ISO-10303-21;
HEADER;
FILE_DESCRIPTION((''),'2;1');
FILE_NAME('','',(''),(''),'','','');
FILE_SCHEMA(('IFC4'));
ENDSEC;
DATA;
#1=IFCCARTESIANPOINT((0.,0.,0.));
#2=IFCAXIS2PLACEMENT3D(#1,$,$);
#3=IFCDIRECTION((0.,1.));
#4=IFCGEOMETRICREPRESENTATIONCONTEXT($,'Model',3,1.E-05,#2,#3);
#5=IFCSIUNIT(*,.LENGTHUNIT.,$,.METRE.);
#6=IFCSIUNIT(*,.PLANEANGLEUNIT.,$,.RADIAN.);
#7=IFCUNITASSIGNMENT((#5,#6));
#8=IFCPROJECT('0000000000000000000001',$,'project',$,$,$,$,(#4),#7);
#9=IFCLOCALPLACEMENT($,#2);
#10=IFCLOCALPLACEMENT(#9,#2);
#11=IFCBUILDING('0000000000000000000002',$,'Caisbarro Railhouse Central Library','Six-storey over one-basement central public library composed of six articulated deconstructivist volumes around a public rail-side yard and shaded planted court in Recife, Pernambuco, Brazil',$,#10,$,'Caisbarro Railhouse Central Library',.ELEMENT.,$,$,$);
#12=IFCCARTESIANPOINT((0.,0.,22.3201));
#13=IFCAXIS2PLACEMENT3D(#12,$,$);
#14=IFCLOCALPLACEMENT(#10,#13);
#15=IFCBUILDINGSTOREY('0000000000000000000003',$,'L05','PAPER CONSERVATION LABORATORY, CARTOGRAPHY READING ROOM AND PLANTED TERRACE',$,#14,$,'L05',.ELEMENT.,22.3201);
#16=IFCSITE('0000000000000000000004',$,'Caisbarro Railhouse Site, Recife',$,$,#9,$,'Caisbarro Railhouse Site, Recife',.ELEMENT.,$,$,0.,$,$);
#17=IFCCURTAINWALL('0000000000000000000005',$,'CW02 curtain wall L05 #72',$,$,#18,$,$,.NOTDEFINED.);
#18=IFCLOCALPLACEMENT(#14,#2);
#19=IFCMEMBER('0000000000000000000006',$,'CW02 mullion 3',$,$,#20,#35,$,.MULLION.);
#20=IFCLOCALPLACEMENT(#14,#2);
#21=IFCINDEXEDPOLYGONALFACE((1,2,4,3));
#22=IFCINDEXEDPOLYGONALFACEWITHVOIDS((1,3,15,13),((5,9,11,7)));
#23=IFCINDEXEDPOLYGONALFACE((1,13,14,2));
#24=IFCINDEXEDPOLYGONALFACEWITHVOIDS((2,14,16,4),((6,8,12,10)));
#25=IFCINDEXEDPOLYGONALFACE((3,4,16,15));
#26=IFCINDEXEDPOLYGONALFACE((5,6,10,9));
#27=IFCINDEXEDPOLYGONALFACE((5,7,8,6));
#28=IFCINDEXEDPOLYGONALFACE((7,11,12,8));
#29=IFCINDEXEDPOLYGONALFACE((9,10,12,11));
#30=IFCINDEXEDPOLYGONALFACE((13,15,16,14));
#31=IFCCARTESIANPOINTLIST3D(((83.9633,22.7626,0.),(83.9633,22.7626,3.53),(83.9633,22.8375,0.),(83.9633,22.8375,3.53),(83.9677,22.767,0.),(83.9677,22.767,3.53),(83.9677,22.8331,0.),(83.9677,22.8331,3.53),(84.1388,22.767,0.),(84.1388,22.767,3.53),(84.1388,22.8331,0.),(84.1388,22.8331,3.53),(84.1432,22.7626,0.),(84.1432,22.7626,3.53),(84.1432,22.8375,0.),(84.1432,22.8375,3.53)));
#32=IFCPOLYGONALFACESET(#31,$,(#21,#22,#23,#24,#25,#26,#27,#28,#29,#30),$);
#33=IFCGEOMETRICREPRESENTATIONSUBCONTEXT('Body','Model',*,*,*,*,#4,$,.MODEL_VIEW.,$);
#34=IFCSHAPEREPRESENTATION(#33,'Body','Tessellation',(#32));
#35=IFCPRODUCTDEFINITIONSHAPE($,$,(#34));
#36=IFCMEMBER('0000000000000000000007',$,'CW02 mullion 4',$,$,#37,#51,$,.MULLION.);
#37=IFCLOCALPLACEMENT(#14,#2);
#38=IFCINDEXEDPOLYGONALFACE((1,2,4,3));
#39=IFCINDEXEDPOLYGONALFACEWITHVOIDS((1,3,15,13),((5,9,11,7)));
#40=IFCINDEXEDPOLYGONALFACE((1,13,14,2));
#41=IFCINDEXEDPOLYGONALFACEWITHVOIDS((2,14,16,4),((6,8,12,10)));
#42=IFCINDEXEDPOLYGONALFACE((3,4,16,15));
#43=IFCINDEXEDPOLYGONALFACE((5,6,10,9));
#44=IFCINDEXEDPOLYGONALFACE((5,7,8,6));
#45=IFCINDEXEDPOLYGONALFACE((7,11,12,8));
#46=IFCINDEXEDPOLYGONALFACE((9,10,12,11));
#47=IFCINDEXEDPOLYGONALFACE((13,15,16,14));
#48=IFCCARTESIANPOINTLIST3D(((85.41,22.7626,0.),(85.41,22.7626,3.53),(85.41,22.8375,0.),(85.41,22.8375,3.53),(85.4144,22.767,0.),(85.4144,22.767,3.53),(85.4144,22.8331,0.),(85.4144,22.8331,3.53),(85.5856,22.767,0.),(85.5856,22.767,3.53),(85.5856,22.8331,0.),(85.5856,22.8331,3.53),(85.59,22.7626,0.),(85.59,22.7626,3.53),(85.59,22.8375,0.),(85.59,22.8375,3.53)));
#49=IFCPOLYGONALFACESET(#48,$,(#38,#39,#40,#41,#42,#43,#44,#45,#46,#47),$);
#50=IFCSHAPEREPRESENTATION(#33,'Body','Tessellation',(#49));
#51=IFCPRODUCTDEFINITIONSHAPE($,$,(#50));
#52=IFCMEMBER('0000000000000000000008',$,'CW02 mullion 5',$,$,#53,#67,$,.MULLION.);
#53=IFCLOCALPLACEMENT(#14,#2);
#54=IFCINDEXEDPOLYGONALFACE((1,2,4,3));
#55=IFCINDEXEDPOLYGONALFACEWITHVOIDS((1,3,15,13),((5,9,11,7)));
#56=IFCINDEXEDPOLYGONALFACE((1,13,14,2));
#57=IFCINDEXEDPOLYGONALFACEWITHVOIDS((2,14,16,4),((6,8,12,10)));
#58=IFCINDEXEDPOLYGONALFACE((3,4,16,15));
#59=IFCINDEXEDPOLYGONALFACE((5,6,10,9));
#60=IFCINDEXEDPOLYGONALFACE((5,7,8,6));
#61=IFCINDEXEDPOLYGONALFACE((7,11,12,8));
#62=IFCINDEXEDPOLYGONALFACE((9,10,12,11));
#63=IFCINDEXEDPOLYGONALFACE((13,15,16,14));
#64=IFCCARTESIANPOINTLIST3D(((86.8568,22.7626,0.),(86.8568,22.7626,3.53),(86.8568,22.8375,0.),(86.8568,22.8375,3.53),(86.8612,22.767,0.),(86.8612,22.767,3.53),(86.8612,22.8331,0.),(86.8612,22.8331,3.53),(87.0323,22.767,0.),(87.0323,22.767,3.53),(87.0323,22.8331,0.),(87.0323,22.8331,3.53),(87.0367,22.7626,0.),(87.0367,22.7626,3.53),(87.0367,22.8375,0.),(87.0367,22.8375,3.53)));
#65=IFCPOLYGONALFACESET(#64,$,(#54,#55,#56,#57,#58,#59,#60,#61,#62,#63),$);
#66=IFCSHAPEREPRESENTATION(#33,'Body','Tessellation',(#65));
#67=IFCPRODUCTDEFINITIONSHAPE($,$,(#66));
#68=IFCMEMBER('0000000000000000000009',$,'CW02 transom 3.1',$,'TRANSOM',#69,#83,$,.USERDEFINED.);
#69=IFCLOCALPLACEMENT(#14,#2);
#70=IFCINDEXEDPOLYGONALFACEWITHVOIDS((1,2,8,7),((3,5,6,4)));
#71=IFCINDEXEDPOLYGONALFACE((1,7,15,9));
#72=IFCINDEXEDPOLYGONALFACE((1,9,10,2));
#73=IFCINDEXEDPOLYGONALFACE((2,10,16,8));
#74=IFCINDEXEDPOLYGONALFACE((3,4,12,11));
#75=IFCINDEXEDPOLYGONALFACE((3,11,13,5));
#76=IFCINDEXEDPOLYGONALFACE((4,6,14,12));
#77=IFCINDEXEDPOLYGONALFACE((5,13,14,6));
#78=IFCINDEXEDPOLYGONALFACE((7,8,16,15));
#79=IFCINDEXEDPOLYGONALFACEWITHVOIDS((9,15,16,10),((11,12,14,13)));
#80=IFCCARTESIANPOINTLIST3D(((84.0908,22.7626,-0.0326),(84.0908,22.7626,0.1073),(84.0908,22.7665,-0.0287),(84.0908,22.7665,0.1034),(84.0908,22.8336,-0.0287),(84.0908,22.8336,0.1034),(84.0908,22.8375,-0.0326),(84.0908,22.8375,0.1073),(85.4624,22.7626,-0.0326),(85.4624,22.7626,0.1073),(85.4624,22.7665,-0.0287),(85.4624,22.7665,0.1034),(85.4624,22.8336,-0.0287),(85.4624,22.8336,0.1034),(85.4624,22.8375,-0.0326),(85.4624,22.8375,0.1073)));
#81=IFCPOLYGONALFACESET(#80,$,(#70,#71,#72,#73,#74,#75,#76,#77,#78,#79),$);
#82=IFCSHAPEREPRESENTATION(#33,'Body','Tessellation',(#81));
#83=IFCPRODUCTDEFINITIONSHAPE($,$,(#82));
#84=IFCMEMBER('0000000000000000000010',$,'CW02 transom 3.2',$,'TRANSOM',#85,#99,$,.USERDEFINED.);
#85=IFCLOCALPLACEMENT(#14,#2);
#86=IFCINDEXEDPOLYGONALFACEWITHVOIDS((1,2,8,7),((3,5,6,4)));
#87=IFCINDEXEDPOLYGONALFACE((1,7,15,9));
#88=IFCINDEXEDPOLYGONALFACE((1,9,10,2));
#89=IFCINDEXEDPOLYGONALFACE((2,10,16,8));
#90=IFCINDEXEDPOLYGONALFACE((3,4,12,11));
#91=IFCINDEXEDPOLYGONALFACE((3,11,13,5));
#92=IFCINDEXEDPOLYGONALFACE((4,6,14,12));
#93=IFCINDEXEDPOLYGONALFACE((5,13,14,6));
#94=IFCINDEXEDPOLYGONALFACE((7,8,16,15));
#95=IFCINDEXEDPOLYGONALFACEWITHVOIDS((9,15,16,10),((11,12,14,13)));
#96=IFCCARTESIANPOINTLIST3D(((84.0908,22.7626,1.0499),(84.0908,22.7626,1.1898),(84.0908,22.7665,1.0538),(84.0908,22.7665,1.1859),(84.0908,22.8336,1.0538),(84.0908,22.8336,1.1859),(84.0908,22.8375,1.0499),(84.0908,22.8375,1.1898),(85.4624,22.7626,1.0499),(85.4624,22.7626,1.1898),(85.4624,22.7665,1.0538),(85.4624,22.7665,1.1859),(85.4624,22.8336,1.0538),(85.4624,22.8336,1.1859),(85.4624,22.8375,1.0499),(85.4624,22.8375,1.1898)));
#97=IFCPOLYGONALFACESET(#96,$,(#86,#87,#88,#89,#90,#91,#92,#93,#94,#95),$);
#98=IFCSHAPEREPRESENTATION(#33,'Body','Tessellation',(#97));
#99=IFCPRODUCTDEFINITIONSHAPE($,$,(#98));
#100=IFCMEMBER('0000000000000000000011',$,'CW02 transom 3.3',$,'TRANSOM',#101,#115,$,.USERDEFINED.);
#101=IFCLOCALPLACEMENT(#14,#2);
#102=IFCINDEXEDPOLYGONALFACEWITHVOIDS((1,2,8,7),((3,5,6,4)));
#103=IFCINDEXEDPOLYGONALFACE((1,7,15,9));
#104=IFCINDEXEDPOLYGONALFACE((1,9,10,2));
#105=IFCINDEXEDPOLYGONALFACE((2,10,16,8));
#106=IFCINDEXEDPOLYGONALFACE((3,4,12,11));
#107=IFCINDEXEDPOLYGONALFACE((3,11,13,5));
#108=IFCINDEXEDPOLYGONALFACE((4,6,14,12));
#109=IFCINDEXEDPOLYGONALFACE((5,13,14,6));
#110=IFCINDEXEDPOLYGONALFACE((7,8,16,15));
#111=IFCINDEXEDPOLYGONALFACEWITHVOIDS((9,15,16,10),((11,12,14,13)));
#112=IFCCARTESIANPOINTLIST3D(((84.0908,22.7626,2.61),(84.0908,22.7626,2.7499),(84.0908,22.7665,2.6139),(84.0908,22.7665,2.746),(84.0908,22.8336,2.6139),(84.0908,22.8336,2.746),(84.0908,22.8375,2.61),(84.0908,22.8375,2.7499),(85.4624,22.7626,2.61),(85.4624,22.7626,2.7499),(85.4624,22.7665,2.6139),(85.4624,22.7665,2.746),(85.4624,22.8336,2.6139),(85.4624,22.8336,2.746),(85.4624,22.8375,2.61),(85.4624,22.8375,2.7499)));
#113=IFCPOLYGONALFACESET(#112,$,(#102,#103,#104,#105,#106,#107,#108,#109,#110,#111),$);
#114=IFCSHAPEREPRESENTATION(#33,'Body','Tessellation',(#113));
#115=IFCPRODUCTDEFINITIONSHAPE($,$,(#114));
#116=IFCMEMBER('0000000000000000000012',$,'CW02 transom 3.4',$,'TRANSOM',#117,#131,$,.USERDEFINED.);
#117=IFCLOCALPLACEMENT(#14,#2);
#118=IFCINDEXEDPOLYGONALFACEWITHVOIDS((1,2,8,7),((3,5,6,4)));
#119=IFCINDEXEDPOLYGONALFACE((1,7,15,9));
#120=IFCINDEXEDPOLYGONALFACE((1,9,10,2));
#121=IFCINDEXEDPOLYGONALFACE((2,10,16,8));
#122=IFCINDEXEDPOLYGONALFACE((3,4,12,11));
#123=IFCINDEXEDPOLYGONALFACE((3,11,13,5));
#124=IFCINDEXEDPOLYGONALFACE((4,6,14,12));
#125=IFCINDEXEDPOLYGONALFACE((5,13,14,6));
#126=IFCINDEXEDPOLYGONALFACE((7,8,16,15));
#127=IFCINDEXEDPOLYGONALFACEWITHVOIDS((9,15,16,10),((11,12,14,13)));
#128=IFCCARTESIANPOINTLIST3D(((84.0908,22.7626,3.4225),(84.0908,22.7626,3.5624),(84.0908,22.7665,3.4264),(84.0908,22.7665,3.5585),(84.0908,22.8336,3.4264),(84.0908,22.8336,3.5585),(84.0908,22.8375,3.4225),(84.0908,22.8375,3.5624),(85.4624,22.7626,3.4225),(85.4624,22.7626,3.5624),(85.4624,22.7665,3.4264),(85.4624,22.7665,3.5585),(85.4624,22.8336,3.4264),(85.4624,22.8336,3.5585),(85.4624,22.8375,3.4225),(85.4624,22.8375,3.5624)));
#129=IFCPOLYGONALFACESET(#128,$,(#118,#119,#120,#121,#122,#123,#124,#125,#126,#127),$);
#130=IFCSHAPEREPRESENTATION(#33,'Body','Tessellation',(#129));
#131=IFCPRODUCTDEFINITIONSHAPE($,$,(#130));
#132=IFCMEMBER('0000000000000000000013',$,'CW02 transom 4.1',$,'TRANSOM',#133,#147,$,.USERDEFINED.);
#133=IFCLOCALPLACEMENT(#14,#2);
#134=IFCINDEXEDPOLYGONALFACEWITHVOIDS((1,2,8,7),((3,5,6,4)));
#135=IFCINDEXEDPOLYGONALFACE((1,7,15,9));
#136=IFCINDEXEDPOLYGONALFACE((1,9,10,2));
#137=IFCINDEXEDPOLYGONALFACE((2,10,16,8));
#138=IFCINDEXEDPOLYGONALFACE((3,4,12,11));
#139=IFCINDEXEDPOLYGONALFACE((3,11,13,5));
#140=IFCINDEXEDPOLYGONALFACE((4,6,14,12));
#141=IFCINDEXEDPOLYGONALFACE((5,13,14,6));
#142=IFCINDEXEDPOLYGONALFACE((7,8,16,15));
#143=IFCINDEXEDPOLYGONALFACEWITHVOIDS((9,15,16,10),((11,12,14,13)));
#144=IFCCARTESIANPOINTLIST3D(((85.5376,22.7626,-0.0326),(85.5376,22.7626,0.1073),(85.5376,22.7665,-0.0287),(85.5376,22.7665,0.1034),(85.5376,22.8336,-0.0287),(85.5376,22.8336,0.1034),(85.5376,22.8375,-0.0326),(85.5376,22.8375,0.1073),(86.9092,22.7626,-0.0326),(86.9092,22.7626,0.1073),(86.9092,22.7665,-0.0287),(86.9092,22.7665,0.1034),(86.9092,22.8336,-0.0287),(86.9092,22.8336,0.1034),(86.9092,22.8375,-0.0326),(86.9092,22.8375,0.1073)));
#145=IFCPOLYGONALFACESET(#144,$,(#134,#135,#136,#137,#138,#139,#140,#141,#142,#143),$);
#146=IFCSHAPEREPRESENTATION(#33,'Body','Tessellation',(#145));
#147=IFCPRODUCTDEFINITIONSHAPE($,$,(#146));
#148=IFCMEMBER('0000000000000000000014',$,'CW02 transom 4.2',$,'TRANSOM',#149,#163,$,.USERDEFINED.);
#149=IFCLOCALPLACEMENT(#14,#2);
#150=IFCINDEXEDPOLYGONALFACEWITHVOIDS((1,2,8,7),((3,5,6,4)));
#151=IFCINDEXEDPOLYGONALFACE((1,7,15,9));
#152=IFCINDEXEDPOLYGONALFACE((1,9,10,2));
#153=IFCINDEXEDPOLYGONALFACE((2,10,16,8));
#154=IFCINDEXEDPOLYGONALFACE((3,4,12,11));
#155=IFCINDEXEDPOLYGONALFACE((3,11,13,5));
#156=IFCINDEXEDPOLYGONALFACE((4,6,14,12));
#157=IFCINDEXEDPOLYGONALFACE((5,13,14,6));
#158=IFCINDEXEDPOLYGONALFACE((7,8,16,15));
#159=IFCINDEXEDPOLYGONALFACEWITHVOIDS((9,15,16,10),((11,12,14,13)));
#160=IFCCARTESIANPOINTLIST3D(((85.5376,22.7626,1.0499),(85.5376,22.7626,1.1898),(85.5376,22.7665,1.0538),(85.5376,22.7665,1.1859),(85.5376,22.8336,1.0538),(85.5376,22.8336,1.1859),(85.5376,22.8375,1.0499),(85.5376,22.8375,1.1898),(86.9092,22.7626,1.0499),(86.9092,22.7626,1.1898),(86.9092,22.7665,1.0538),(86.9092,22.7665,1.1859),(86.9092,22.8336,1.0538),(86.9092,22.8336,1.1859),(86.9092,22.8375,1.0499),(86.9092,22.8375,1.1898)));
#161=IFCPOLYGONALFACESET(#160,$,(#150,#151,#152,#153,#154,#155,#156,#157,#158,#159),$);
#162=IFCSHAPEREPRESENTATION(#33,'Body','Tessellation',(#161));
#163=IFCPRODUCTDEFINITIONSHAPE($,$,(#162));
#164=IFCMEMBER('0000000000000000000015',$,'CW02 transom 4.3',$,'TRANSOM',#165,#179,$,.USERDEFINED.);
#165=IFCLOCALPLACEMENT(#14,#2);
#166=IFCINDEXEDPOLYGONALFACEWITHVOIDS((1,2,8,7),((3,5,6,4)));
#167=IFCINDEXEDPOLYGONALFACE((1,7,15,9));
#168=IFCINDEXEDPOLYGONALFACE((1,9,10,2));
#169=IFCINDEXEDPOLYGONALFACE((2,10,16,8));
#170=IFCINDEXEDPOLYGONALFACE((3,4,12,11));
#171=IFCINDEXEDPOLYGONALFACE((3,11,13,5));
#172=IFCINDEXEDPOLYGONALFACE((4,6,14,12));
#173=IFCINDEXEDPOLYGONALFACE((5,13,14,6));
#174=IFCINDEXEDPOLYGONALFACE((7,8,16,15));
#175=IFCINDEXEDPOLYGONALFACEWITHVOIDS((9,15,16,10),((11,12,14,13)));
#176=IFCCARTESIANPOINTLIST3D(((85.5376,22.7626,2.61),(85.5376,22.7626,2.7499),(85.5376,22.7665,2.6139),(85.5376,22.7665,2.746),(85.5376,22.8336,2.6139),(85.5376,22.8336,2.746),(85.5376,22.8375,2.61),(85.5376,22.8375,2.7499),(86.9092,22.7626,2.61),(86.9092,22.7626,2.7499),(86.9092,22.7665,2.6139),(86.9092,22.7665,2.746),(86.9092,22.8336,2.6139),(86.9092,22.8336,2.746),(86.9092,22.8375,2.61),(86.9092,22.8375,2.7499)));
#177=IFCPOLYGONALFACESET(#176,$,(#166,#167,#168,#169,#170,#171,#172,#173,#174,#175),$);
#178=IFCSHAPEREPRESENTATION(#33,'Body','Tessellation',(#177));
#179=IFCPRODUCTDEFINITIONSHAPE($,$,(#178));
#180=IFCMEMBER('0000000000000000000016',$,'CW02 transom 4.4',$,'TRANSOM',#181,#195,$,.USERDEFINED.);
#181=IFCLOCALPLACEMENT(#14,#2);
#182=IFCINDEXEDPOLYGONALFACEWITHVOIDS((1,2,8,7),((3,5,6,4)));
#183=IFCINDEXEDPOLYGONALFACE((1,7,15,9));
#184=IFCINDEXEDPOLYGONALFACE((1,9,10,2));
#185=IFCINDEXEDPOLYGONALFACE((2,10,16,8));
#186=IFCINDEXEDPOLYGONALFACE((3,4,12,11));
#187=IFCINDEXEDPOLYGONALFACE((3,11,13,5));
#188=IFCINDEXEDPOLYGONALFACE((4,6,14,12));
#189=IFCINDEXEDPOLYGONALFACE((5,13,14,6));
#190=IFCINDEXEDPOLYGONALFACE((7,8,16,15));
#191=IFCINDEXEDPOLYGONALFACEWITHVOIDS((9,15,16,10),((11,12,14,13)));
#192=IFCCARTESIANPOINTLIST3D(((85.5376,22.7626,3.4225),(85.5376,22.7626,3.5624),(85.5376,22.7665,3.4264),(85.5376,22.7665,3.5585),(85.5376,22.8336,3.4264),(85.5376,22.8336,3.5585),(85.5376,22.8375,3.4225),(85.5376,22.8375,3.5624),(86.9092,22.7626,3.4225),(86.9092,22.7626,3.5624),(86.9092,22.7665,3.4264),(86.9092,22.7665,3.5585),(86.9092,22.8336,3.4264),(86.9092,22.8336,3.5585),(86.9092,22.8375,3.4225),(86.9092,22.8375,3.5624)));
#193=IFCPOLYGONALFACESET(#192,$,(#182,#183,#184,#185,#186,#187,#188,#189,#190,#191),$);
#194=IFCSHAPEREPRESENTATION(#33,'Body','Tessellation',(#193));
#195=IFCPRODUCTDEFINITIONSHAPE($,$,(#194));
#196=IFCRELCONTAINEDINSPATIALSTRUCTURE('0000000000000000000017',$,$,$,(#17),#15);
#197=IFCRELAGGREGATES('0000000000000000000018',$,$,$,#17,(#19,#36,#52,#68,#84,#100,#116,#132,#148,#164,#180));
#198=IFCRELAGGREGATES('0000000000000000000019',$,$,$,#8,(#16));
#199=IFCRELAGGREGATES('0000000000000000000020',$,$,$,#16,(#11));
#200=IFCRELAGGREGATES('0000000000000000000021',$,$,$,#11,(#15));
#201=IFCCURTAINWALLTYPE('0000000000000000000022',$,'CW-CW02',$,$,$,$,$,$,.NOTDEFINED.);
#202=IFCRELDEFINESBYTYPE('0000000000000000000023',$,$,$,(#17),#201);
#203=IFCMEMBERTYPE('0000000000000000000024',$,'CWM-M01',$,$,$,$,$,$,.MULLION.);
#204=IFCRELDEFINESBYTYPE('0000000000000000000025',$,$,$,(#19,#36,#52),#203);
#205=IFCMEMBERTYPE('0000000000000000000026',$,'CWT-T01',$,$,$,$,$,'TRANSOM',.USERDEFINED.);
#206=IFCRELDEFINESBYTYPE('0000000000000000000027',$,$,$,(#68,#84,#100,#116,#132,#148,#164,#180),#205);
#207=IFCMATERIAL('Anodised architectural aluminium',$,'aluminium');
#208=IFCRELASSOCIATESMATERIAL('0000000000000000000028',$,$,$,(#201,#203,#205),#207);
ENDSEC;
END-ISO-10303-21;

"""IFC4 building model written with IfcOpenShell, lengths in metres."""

from ifc_helpers import new_model, si_unit, direction, frame, origin, origin_2d, place, context, subcontext, project, spatial, hollow_rectangle, extrude, material, material_profile, profile_set, type_object, element, aggregate, save


model = new_model("IFC4")

# Units and contexts
model_context = context("Model", 3, precision=1e-05, world=origin(), true_north=direction((0.0, 1.0)))
body_context = subcontext(model_context, "Body", "Model", "MODEL_VIEW")
ifc_project = project(units=[si_unit("LENGTHUNIT", "METRE"), si_unit("PLANEANGLEUNIT", "RADIAN")], contexts=[model_context])

# Site, building, storey
site_placement = place(None, origin())
site = spatial("IfcSite", under=ifc_project, at=site_placement, Name="Caisbarro Railhouse Site, Recife", LongName="Caisbarro Railhouse Site, Recife", CompositionType="ELEMENT", RefElevation=0.0)
building_placement = place(site_placement, origin())
building = spatial("IfcBuilding", under=site, at=building_placement, Name="Caisbarro Railhouse Central Library", Description="Six-storey over one-basement central public library composed of six articulated deconstructivist volumes around a public rail-side yard and shaded planted court in Recife, Pernambuco, Brazil", LongName="Caisbarro Railhouse Central Library", CompositionType="ELEMENT")
storey_placement = place(building_placement, frame((0.0, 0.0, 22.3201)))
storey = spatial("IfcBuildingStorey", under=building, at=storey_placement, Name="L05", Description="PAPER CONSERVATION LABORATORY, CARTOGRAPHY READING ROOM AND PLANTED TERRACE", LongName="L05", CompositionType="ELEMENT", Elevation=22.3201)

# Curtain wall, members
ifc_material_1 = material(Name="Anodised architectural aluminium", Category="aluminium")
curtain_wall_type = type_object("IfcCurtainWallType", Name="CW-CW02", PredefinedType="NOTDEFINED", material=ifc_material_1)
curtain_wall_placement = place(storey_placement, origin())
curtain_wall = element("IfcCurtainWall", 1, at=curtain_wall_placement, inside=storey, type_object=curtain_wall_type, Name="CW02 curtain wall L05 #72", PredefinedType="NOTDEFINED")
ifc_material_profile_1 = material_profile(ifc_material_1, hollow_rectangle(XDim=0.075, YDim=0.1799, WallThickness=0.0044, at=origin_2d()), Name="ALU-MUL-75X180")
ifc_profile_set_1 = profile_set([ifc_material_profile_1], Name="Anodised architectural aluminium")
member_type_1 = type_object("IfcMemberType", Name="CWM-M01", PredefinedType="MULLION", material=ifc_profile_set_1)
member_1_placement = place(storey_placement, frame((84.0532, 22.8, 0.0), z_axis=(0.0, 0.0, 1.0), x_axis=(0.0, 1.0, 0.0)))
member_1 = element("IfcMember", 2, at=member_1_placement, type_object=member_type_1, Name="CW02 mullion 3", PredefinedType="MULLION", context=body_context, shape_type="SweptSolid", body=[
    extrude(hollow_rectangle(XDim=0.075, YDim=0.1799, WallThickness=0.0044, at=origin_2d()), origin(), (0.0, 0.0, 1.0), 3.53),
])
member_2_placement = place(storey_placement, frame((85.5, 22.8, 0.0), z_axis=(0.0, 0.0, 1.0), x_axis=(0.0, 1.0, 0.0)))
member_2 = element("IfcMember", 3, at=member_2_placement, type_object=member_type_1, Name="CW02 mullion 4", PredefinedType="MULLION", context=body_context, shape_type="SweptSolid", body=[
    extrude(hollow_rectangle(XDim=0.075, YDim=0.1799, WallThickness=0.0044, at=origin_2d()), origin(), (0.0, 0.0, 1.0), 3.53),
])
member_3_placement = place(storey_placement, frame((86.9468, 22.8, 0.0), z_axis=(0.0, 0.0, 1.0), x_axis=(0.0, 1.0, 0.0)))
member_3 = element("IfcMember", 4, at=member_3_placement, type_object=member_type_1, Name="CW02 mullion 5", PredefinedType="MULLION", context=body_context, shape_type="SweptSolid", body=[
    extrude(hollow_rectangle(XDim=0.075, YDim=0.1799, WallThickness=0.0044, at=origin_2d()), origin(), (0.0, 0.0, 1.0), 3.53),
])
ifc_material_profile_2 = material_profile(ifc_material_1, hollow_rectangle(XDim=0.075, YDim=0.1399, WallThickness=0.0039, at=origin_2d()), Name="ALU-TRN-75X140")
ifc_profile_set_2 = profile_set([ifc_material_profile_2], Name="Anodised architectural aluminium")
member_type_2 = type_object("IfcMemberType", Name="CWT-T01", ElementType="TRANSOM", PredefinedType="USERDEFINED", material=ifc_profile_set_2)
member_4_placement = place(storey_placement, frame((84.0908, 22.8, 0.0374), z_axis=(1.0, 0.0, 0.0), x_axis=(0.0, 1.0, 0.0)))
member_4 = element("IfcMember", 5, at=member_4_placement, type_object=member_type_2, Name="CW02 transom 3.1", ObjectType="TRANSOM", PredefinedType="USERDEFINED", context=body_context, shape_type="SweptSolid", body=[
    extrude(hollow_rectangle(XDim=0.075, YDim=0.1399, WallThickness=0.0039, at=origin_2d()), origin(), (0.0, 0.0, 1.0), 1.3716),
])
member_5_placement = place(storey_placement, frame((84.0908, 22.8, 1.1199), z_axis=(1.0, 0.0, 0.0), x_axis=(0.0, 1.0, 0.0)))
member_5 = element("IfcMember", 6, at=member_5_placement, type_object=member_type_2, Name="CW02 transom 3.2", ObjectType="TRANSOM", PredefinedType="USERDEFINED", context=body_context, shape_type="SweptSolid", body=[
    extrude(hollow_rectangle(XDim=0.075, YDim=0.1399, WallThickness=0.0039, at=origin_2d()), origin(), (0.0, 0.0, 1.0), 1.3716),
])
member_6_placement = place(storey_placement, frame((84.0908, 22.8, 2.6799), z_axis=(1.0, 0.0, 0.0), x_axis=(0.0, 1.0, 0.0)))
member_6 = element("IfcMember", 7, at=member_6_placement, type_object=member_type_2, Name="CW02 transom 3.3", ObjectType="TRANSOM", PredefinedType="USERDEFINED", context=body_context, shape_type="SweptSolid", body=[
    extrude(hollow_rectangle(XDim=0.075, YDim=0.1399, WallThickness=0.0039, at=origin_2d()), origin(), (0.0, 0.0, 1.0), 1.3716),
])
member_7_placement = place(storey_placement, frame((84.0908, 22.8, 3.4924), z_axis=(1.0, 0.0, 0.0), x_axis=(0.0, 1.0, 0.0)))
member_7 = element("IfcMember", 8, at=member_7_placement, type_object=member_type_2, Name="CW02 transom 3.4", ObjectType="TRANSOM", PredefinedType="USERDEFINED", context=body_context, shape_type="SweptSolid", body=[
    extrude(hollow_rectangle(XDim=0.075, YDim=0.1399, WallThickness=0.0039, at=origin_2d()), origin(), (0.0, 0.0, 1.0), 1.3716),
])
member_8_placement = place(storey_placement, frame((85.5376, 22.8, 0.0374), z_axis=(1.0, 0.0, 0.0), x_axis=(0.0, 1.0, 0.0)))
member_8 = element("IfcMember", 9, at=member_8_placement, type_object=member_type_2, Name="CW02 transom 4.1", ObjectType="TRANSOM", PredefinedType="USERDEFINED", context=body_context, shape_type="SweptSolid", body=[
    extrude(hollow_rectangle(XDim=0.075, YDim=0.1399, WallThickness=0.0039, at=origin_2d()), origin(), (0.0, 0.0, 1.0), 1.3716),
])
member_9_placement = place(storey_placement, frame((85.5376, 22.8, 1.1199), z_axis=(1.0, 0.0, 0.0), x_axis=(0.0, 1.0, 0.0)))
member_9 = element("IfcMember", 10, at=member_9_placement, type_object=member_type_2, Name="CW02 transom 4.2", ObjectType="TRANSOM", PredefinedType="USERDEFINED", context=body_context, shape_type="SweptSolid", body=[
    extrude(hollow_rectangle(XDim=0.075, YDim=0.1399, WallThickness=0.0039, at=origin_2d()), origin(), (0.0, 0.0, 1.0), 1.3716),
])
member_10_placement = place(storey_placement, frame((85.5376, 22.8, 2.6799), z_axis=(1.0, 0.0, 0.0), x_axis=(0.0, 1.0, 0.0)))
member_10 = element("IfcMember", 11, at=member_10_placement, type_object=member_type_2, Name="CW02 transom 4.3", ObjectType="TRANSOM", PredefinedType="USERDEFINED", context=body_context, shape_type="SweptSolid", body=[
    extrude(hollow_rectangle(XDim=0.075, YDim=0.1399, WallThickness=0.0039, at=origin_2d()), origin(), (0.0, 0.0, 1.0), 1.3716),
])
member_11_placement = place(storey_placement, frame((85.5376, 22.8, 3.4924), z_axis=(1.0, 0.0, 0.0), x_axis=(0.0, 1.0, 0.0)))
member_11 = element("IfcMember", 12, at=member_11_placement, type_object=member_type_2, Name="CW02 transom 4.4", ObjectType="TRANSOM", PredefinedType="USERDEFINED", context=body_context, shape_type="SweptSolid", body=[
    extrude(hollow_rectangle(XDim=0.075, YDim=0.1399, WallThickness=0.0039, at=origin_2d()), origin(), (0.0, 0.0, 1.0), 1.3716),
])
aggregate(curtain_wall, [member_1, member_2, member_3, member_4, member_5, member_6, member_7, member_8, member_9, member_10, member_11])

save(model, "model.ifc")
